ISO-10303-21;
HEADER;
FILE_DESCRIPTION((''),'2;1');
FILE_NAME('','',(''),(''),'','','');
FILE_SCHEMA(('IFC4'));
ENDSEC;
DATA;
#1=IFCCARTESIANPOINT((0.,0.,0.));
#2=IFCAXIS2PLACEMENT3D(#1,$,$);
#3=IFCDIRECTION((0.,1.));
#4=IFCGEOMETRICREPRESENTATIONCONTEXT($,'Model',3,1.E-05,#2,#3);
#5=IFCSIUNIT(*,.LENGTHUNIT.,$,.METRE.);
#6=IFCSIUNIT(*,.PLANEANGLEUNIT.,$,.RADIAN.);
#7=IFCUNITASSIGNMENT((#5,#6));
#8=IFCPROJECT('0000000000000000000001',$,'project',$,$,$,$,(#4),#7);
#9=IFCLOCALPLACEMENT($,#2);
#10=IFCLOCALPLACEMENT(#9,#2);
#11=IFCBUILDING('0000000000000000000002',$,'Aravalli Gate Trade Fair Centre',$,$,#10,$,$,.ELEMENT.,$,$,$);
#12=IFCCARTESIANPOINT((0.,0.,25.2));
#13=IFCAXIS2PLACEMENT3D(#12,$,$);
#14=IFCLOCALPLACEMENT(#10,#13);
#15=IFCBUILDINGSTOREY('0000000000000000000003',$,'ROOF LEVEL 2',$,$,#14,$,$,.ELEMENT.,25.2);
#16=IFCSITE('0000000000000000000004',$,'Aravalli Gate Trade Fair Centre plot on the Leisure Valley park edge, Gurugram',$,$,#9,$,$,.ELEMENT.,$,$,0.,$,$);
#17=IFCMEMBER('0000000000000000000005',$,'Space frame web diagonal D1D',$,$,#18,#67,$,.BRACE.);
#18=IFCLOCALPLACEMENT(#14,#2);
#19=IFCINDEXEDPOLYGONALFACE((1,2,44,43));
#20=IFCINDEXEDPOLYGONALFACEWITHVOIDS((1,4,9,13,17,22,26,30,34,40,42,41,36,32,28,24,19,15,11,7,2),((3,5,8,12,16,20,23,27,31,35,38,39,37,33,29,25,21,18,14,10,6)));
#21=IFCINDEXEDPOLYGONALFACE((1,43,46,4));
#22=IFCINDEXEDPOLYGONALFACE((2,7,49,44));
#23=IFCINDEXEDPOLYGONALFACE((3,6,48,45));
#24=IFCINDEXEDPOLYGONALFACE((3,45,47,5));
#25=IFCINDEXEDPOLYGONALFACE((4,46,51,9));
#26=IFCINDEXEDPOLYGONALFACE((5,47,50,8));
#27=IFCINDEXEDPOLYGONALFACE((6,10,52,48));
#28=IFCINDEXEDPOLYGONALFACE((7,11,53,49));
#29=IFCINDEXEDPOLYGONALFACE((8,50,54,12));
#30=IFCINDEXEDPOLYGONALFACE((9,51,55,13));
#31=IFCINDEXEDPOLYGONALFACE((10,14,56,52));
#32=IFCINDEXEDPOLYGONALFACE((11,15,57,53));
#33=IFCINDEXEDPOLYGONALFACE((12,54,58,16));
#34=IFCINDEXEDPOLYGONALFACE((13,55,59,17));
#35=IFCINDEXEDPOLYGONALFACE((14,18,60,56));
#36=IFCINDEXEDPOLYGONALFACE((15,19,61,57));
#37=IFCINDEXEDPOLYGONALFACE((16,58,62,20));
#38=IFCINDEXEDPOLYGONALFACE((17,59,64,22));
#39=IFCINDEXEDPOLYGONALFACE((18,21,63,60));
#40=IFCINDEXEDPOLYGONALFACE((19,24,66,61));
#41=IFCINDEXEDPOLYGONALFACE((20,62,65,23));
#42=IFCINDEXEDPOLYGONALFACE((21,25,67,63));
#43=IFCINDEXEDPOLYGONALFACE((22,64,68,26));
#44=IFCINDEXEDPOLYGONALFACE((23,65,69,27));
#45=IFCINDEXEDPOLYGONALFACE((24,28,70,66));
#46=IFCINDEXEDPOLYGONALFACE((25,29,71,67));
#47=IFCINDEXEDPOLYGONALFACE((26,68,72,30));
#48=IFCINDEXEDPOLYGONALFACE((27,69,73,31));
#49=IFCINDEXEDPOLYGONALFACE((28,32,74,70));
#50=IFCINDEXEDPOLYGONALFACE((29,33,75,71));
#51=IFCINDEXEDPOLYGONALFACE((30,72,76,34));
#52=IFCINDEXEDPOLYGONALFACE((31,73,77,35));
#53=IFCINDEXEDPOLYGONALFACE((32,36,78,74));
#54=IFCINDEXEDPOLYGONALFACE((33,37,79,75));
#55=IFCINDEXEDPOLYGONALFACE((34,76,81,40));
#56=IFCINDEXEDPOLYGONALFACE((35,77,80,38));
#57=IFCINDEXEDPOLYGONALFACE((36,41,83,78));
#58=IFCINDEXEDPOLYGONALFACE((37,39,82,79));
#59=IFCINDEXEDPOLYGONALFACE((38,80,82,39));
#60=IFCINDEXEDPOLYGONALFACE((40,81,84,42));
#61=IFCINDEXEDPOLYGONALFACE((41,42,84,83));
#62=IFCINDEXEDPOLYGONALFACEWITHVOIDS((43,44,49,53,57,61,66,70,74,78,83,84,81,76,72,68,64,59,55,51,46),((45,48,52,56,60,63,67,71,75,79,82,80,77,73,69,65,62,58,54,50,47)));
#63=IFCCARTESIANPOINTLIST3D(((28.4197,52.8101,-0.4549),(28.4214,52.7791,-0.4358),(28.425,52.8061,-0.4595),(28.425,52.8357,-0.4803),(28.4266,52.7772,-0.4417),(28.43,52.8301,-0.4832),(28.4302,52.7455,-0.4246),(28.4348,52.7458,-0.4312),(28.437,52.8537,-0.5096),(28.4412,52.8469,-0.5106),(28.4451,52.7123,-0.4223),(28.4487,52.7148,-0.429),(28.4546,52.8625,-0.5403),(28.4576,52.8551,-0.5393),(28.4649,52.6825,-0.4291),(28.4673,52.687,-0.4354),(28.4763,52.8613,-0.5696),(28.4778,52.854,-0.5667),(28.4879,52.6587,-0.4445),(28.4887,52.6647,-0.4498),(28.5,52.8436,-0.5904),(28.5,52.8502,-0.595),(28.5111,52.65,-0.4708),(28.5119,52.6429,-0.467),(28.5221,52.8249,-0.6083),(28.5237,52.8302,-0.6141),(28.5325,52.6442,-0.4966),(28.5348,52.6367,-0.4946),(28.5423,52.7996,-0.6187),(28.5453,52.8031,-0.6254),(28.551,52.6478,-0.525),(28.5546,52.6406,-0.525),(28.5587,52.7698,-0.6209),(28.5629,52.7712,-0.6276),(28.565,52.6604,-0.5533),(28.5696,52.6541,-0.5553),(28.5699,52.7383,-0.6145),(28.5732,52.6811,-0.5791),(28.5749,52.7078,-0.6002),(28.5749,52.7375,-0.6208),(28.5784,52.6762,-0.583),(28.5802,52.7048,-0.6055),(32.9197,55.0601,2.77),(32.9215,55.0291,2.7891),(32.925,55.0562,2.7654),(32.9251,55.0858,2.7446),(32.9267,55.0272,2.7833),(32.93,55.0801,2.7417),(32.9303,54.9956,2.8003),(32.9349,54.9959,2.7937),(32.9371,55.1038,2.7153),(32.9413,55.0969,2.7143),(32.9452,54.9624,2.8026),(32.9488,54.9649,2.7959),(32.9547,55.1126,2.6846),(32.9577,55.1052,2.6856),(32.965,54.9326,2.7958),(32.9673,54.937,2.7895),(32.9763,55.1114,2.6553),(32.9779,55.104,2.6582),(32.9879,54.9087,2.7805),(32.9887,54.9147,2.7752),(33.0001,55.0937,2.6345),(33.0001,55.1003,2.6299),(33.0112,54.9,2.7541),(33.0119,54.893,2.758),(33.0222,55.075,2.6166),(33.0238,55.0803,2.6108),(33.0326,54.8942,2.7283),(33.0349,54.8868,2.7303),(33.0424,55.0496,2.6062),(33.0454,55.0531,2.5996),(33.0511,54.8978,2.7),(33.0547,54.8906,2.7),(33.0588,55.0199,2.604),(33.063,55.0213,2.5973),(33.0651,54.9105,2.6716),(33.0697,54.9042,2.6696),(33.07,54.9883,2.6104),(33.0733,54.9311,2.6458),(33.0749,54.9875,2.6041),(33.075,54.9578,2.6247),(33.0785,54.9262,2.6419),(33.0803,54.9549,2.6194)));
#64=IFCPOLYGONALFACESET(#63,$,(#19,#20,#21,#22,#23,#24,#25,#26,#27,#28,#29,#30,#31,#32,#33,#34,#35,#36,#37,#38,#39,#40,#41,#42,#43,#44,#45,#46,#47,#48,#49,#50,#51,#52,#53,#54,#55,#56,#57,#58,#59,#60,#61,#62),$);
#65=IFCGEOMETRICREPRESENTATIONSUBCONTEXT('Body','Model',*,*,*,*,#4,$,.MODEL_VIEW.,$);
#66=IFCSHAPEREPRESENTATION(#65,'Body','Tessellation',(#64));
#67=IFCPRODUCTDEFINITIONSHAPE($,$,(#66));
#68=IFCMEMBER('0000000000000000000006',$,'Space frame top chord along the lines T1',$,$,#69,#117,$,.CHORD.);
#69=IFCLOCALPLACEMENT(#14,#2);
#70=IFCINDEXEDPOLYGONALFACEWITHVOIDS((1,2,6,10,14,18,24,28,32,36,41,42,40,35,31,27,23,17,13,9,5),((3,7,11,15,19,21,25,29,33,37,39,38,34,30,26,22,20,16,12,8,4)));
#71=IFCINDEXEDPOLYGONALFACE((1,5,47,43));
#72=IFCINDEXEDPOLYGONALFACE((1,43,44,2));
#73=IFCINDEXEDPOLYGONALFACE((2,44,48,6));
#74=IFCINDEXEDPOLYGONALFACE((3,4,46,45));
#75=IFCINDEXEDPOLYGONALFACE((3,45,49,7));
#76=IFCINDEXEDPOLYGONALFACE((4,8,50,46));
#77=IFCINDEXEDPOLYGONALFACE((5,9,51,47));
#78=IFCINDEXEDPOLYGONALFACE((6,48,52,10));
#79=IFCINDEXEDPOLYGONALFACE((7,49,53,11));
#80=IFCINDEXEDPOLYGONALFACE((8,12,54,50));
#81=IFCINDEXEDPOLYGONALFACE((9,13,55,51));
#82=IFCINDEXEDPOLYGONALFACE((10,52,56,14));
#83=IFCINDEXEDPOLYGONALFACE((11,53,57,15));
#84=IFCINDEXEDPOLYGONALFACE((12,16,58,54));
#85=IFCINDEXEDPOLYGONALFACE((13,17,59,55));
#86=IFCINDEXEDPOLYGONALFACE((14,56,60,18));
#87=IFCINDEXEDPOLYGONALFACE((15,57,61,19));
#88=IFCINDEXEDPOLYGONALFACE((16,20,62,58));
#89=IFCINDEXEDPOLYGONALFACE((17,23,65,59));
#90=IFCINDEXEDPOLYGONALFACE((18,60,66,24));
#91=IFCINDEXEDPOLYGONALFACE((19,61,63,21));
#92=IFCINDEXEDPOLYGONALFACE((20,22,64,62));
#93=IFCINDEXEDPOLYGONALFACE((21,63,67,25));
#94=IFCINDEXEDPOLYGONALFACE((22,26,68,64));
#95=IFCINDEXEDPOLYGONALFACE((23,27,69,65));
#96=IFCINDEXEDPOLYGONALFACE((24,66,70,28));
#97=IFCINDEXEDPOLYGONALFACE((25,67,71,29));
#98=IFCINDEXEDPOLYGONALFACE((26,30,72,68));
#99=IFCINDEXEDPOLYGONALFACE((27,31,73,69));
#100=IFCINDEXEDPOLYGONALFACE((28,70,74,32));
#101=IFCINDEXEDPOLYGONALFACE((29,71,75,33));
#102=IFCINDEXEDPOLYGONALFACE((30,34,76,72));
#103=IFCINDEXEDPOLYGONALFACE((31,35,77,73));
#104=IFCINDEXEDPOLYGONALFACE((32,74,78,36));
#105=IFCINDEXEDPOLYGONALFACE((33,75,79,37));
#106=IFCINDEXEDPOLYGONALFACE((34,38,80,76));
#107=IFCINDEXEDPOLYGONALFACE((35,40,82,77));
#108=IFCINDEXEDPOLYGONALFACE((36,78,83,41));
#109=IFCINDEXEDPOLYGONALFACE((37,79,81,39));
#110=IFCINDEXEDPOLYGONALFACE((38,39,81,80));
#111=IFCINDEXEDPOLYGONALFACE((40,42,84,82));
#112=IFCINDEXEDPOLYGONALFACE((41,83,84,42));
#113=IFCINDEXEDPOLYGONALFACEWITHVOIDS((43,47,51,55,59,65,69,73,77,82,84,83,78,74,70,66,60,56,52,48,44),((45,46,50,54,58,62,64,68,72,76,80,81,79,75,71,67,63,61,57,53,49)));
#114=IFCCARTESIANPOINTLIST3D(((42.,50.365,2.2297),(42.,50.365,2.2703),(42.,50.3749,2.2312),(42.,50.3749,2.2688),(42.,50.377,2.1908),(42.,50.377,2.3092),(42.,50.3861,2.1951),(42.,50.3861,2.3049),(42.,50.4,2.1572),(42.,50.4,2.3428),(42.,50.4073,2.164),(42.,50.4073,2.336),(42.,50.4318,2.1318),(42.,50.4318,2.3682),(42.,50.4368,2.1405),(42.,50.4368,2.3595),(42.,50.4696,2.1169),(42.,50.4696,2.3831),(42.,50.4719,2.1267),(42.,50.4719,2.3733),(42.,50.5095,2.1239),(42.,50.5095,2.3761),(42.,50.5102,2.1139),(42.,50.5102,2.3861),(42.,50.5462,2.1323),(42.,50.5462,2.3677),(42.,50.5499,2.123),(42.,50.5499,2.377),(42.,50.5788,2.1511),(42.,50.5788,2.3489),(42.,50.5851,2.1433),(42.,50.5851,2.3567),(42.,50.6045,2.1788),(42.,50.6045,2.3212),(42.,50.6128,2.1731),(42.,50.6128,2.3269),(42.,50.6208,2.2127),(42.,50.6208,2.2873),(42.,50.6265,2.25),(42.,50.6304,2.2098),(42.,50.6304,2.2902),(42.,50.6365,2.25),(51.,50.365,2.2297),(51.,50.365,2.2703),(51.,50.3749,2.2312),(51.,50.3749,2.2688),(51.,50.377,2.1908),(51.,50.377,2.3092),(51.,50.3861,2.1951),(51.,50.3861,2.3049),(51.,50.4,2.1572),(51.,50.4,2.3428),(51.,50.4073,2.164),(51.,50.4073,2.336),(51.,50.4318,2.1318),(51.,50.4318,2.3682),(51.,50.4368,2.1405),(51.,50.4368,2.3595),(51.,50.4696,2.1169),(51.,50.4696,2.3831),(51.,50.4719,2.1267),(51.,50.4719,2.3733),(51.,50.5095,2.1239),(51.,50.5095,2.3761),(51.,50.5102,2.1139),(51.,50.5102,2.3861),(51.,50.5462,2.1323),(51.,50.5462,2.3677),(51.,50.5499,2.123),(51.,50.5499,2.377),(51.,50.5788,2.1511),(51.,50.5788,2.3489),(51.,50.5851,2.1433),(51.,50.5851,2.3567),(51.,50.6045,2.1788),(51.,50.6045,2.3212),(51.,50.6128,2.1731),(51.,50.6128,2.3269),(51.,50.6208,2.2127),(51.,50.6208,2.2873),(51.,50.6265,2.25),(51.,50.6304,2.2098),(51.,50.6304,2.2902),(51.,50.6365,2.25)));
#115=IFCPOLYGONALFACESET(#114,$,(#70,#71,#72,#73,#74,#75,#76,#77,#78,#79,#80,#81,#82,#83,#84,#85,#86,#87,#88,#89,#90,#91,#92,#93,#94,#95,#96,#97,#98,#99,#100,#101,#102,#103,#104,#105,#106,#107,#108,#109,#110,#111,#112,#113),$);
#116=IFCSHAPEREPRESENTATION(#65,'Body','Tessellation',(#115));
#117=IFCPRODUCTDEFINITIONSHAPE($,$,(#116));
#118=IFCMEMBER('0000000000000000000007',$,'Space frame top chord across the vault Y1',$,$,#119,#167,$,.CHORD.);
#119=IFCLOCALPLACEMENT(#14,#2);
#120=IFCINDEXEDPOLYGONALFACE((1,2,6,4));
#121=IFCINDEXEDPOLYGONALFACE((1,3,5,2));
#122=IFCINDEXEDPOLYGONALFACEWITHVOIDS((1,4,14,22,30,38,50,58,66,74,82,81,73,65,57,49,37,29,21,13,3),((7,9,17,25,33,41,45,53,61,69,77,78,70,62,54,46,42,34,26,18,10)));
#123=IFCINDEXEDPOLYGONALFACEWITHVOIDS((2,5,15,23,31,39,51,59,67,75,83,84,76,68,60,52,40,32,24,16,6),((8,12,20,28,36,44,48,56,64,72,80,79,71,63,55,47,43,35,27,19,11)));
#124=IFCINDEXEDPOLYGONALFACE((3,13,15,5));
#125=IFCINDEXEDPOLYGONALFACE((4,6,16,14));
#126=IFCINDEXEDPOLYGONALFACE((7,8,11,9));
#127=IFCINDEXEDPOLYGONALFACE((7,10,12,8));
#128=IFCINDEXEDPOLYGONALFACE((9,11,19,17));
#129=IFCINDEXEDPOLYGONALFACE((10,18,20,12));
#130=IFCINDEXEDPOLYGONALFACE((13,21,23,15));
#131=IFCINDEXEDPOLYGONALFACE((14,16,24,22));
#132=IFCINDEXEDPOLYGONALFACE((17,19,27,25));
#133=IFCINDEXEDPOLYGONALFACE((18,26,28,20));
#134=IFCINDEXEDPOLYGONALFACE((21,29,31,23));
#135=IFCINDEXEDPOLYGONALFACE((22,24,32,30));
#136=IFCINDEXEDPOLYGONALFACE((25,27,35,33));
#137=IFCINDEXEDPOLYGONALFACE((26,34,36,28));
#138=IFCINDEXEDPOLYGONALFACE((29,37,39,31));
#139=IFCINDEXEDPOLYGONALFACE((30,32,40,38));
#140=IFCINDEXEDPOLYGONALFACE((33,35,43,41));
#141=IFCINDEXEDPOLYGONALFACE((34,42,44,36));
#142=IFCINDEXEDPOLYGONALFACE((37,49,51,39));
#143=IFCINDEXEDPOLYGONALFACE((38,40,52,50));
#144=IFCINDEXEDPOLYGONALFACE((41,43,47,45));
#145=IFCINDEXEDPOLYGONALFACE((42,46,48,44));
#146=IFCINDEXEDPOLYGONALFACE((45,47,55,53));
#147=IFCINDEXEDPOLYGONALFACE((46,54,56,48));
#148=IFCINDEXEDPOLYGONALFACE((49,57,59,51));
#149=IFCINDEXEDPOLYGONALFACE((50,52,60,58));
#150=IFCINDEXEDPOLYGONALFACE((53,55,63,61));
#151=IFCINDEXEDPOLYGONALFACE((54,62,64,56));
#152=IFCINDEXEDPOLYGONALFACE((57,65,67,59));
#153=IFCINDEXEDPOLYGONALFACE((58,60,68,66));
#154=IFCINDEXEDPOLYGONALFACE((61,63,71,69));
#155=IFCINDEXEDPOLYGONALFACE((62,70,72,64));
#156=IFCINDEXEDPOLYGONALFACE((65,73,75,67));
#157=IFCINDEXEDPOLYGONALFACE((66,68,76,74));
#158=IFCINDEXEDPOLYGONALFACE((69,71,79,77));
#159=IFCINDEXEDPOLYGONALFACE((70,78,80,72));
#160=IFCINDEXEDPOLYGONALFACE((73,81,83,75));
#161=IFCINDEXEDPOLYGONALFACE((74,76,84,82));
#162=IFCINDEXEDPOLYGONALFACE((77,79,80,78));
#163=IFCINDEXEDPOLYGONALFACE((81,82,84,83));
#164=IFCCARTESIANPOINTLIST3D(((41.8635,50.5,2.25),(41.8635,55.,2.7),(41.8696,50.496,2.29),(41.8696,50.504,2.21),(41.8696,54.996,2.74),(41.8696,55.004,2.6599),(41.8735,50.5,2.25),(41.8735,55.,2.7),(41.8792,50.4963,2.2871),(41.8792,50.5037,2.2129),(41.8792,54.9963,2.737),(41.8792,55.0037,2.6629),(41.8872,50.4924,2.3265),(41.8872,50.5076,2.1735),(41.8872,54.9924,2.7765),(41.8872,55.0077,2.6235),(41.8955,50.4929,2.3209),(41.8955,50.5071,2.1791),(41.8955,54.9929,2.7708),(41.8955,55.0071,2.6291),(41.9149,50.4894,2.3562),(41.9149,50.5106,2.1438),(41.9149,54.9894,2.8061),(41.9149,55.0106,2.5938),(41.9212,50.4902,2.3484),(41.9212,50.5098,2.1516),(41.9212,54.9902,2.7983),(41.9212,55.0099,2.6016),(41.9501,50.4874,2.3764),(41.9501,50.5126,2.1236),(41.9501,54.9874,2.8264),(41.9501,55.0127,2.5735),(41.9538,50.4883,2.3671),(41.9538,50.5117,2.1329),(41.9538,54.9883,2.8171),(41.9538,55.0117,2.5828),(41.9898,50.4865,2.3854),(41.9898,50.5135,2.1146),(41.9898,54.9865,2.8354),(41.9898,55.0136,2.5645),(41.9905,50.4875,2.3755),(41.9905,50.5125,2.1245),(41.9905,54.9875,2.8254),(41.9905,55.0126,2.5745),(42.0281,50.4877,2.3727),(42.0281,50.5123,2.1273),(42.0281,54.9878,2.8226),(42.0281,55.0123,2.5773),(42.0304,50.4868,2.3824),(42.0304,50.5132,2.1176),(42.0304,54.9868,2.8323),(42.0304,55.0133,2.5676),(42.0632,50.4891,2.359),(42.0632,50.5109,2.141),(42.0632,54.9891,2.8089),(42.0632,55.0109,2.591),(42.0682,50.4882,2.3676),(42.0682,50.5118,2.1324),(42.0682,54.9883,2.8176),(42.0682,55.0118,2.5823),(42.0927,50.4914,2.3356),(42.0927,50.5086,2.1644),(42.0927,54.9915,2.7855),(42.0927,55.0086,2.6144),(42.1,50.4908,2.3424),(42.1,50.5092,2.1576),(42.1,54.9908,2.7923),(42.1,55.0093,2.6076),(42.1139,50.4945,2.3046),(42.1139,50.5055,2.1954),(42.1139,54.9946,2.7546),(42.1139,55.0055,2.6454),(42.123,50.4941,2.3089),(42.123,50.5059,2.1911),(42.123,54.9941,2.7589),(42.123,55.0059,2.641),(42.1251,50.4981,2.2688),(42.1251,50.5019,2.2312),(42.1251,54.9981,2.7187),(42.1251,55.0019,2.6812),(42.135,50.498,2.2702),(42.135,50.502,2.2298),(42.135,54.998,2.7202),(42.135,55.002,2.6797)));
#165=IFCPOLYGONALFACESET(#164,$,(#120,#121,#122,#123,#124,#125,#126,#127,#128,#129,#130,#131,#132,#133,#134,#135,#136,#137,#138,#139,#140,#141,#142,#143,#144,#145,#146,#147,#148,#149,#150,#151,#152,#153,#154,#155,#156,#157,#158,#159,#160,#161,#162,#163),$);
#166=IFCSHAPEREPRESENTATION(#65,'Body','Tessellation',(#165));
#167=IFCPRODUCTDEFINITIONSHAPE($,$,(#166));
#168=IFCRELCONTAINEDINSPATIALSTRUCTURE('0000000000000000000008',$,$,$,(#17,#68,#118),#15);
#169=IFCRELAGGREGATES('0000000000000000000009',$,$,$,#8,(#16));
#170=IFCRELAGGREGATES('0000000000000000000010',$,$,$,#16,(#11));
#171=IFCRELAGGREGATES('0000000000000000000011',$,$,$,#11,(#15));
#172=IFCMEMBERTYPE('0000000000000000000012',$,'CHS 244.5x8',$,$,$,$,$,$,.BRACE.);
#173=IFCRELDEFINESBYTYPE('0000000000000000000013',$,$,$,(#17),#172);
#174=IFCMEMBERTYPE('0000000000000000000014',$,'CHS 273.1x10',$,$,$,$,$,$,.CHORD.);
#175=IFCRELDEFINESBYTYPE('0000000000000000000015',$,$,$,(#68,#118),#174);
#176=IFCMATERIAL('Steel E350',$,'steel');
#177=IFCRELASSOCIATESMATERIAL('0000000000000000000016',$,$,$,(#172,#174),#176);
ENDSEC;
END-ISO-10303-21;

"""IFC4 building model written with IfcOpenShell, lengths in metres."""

from ifc_helpers import new_model, si_unit, direction, frame, origin, origin_2d, place, context, subcontext, project, spatial, hollow_circle, extrude, material, material_profile, profile_set, type_object, element, save


model = new_model("IFC4")

# Units and contexts
model_context = context("Model", 3, precision=1e-05, world=origin(), true_north=direction((0.0, 1.0)))
body_context = subcontext(model_context, "Body", "Model", "MODEL_VIEW")
ifc_project = project(units=[si_unit("LENGTHUNIT", "METRE"), si_unit("PLANEANGLEUNIT", "RADIAN")], contexts=[model_context])

# Site, building, storey
site_placement = place(None, origin())
site = spatial("IfcSite", under=ifc_project, at=site_placement, Name="Aravalli Gate Trade Fair Centre plot on the Leisure Valley park edge, Gurugram", CompositionType="ELEMENT", RefElevation=0.0)
building_placement = place(site_placement, origin())
building = spatial("IfcBuilding", under=site, at=building_placement, Name="Aravalli Gate Trade Fair Centre", CompositionType="ELEMENT")
storey_placement = place(building_placement, frame((0.0, 0.0, 25.2)))
storey = spatial("IfcBuildingStorey", under=building, at=storey_placement, Name="ROOF LEVEL 2", CompositionType="ELEMENT", Elevation=25.2)

# Members
ifc_material = material(Name="Steel E350", Category="steel")
ifc_material_profile_1 = material_profile(ifc_material, hollow_circle(Radius=0.1223, WallThickness=0.0081, at=origin_2d()), Name="CHS 244.5x8")
ifc_profile_set_1 = profile_set([ifc_material_profile_1], Name="Steel E350")
member_type_1 = type_object("IfcMemberType", Name="CHS 244.5x8", PredefinedType="BRACE", material=ifc_profile_set_1)
member_1_placement = place(storey_placement, frame((33.0, 55.0, 2.7), z_axis=(-0.753016, -0.376508, -0.539637), x_axis=(0.447214, -0.894427, 0.0)))
element("IfcMember", 1, at=member_1_placement, inside=storey, type_object=member_type_1, Name="Space frame web diagonal D1D", PredefinedType="BRACE", context=body_context, shape_type="SweptSolid", body=[
    extrude(hollow_circle(Radius=0.1223, WallThickness=0.0081, at=origin_2d()), origin(), (0.0, 0.0, 1.0), 5.9761),
])
ifc_material_profile_2 = material_profile(ifc_material, hollow_circle(Radius=0.1365, WallThickness=0.01, at=origin_2d()), Name="CHS 273.1x10")
ifc_profile_set_2 = profile_set([ifc_material_profile_2], Name="Steel E350")
member_type_2 = type_object("IfcMemberType", Name="CHS 273.1x10", PredefinedType="CHORD", material=ifc_profile_set_2)
member_2_placement = place(storey_placement, frame((42.0, 50.5, 2.25), z_axis=(1.0, 0.0, 0.0), x_axis=(0.0, 1.0, 0.0)))
element("IfcMember", 2, at=member_2_placement, inside=storey, type_object=member_type_2, Name="Space frame top chord along the lines T1", PredefinedType="CHORD", context=body_context, shape_type="SweptSolid", body=[
    extrude(hollow_circle(Radius=0.1365, WallThickness=0.01, at=origin_2d()), origin(), (0.0, 0.0, 1.0), 9.0),
])
member_3_placement = place(storey_placement, frame((42.0, 50.5, 2.25), z_axis=(0.0, 0.995038, 0.099493), x_axis=(-1.0, 0.0, 0.0)))
element("IfcMember", 3, at=member_3_placement, inside=storey, type_object=member_type_2, Name="Space frame top chord across the vault Y1", PredefinedType="CHORD", context=body_context, shape_type="SweptSolid", body=[
    extrude(hollow_circle(Radius=0.1365, WallThickness=0.01, at=origin_2d()), origin(), (0.0, 0.0, 1.0), 4.5225),
])

save(model, "model.ifc")
